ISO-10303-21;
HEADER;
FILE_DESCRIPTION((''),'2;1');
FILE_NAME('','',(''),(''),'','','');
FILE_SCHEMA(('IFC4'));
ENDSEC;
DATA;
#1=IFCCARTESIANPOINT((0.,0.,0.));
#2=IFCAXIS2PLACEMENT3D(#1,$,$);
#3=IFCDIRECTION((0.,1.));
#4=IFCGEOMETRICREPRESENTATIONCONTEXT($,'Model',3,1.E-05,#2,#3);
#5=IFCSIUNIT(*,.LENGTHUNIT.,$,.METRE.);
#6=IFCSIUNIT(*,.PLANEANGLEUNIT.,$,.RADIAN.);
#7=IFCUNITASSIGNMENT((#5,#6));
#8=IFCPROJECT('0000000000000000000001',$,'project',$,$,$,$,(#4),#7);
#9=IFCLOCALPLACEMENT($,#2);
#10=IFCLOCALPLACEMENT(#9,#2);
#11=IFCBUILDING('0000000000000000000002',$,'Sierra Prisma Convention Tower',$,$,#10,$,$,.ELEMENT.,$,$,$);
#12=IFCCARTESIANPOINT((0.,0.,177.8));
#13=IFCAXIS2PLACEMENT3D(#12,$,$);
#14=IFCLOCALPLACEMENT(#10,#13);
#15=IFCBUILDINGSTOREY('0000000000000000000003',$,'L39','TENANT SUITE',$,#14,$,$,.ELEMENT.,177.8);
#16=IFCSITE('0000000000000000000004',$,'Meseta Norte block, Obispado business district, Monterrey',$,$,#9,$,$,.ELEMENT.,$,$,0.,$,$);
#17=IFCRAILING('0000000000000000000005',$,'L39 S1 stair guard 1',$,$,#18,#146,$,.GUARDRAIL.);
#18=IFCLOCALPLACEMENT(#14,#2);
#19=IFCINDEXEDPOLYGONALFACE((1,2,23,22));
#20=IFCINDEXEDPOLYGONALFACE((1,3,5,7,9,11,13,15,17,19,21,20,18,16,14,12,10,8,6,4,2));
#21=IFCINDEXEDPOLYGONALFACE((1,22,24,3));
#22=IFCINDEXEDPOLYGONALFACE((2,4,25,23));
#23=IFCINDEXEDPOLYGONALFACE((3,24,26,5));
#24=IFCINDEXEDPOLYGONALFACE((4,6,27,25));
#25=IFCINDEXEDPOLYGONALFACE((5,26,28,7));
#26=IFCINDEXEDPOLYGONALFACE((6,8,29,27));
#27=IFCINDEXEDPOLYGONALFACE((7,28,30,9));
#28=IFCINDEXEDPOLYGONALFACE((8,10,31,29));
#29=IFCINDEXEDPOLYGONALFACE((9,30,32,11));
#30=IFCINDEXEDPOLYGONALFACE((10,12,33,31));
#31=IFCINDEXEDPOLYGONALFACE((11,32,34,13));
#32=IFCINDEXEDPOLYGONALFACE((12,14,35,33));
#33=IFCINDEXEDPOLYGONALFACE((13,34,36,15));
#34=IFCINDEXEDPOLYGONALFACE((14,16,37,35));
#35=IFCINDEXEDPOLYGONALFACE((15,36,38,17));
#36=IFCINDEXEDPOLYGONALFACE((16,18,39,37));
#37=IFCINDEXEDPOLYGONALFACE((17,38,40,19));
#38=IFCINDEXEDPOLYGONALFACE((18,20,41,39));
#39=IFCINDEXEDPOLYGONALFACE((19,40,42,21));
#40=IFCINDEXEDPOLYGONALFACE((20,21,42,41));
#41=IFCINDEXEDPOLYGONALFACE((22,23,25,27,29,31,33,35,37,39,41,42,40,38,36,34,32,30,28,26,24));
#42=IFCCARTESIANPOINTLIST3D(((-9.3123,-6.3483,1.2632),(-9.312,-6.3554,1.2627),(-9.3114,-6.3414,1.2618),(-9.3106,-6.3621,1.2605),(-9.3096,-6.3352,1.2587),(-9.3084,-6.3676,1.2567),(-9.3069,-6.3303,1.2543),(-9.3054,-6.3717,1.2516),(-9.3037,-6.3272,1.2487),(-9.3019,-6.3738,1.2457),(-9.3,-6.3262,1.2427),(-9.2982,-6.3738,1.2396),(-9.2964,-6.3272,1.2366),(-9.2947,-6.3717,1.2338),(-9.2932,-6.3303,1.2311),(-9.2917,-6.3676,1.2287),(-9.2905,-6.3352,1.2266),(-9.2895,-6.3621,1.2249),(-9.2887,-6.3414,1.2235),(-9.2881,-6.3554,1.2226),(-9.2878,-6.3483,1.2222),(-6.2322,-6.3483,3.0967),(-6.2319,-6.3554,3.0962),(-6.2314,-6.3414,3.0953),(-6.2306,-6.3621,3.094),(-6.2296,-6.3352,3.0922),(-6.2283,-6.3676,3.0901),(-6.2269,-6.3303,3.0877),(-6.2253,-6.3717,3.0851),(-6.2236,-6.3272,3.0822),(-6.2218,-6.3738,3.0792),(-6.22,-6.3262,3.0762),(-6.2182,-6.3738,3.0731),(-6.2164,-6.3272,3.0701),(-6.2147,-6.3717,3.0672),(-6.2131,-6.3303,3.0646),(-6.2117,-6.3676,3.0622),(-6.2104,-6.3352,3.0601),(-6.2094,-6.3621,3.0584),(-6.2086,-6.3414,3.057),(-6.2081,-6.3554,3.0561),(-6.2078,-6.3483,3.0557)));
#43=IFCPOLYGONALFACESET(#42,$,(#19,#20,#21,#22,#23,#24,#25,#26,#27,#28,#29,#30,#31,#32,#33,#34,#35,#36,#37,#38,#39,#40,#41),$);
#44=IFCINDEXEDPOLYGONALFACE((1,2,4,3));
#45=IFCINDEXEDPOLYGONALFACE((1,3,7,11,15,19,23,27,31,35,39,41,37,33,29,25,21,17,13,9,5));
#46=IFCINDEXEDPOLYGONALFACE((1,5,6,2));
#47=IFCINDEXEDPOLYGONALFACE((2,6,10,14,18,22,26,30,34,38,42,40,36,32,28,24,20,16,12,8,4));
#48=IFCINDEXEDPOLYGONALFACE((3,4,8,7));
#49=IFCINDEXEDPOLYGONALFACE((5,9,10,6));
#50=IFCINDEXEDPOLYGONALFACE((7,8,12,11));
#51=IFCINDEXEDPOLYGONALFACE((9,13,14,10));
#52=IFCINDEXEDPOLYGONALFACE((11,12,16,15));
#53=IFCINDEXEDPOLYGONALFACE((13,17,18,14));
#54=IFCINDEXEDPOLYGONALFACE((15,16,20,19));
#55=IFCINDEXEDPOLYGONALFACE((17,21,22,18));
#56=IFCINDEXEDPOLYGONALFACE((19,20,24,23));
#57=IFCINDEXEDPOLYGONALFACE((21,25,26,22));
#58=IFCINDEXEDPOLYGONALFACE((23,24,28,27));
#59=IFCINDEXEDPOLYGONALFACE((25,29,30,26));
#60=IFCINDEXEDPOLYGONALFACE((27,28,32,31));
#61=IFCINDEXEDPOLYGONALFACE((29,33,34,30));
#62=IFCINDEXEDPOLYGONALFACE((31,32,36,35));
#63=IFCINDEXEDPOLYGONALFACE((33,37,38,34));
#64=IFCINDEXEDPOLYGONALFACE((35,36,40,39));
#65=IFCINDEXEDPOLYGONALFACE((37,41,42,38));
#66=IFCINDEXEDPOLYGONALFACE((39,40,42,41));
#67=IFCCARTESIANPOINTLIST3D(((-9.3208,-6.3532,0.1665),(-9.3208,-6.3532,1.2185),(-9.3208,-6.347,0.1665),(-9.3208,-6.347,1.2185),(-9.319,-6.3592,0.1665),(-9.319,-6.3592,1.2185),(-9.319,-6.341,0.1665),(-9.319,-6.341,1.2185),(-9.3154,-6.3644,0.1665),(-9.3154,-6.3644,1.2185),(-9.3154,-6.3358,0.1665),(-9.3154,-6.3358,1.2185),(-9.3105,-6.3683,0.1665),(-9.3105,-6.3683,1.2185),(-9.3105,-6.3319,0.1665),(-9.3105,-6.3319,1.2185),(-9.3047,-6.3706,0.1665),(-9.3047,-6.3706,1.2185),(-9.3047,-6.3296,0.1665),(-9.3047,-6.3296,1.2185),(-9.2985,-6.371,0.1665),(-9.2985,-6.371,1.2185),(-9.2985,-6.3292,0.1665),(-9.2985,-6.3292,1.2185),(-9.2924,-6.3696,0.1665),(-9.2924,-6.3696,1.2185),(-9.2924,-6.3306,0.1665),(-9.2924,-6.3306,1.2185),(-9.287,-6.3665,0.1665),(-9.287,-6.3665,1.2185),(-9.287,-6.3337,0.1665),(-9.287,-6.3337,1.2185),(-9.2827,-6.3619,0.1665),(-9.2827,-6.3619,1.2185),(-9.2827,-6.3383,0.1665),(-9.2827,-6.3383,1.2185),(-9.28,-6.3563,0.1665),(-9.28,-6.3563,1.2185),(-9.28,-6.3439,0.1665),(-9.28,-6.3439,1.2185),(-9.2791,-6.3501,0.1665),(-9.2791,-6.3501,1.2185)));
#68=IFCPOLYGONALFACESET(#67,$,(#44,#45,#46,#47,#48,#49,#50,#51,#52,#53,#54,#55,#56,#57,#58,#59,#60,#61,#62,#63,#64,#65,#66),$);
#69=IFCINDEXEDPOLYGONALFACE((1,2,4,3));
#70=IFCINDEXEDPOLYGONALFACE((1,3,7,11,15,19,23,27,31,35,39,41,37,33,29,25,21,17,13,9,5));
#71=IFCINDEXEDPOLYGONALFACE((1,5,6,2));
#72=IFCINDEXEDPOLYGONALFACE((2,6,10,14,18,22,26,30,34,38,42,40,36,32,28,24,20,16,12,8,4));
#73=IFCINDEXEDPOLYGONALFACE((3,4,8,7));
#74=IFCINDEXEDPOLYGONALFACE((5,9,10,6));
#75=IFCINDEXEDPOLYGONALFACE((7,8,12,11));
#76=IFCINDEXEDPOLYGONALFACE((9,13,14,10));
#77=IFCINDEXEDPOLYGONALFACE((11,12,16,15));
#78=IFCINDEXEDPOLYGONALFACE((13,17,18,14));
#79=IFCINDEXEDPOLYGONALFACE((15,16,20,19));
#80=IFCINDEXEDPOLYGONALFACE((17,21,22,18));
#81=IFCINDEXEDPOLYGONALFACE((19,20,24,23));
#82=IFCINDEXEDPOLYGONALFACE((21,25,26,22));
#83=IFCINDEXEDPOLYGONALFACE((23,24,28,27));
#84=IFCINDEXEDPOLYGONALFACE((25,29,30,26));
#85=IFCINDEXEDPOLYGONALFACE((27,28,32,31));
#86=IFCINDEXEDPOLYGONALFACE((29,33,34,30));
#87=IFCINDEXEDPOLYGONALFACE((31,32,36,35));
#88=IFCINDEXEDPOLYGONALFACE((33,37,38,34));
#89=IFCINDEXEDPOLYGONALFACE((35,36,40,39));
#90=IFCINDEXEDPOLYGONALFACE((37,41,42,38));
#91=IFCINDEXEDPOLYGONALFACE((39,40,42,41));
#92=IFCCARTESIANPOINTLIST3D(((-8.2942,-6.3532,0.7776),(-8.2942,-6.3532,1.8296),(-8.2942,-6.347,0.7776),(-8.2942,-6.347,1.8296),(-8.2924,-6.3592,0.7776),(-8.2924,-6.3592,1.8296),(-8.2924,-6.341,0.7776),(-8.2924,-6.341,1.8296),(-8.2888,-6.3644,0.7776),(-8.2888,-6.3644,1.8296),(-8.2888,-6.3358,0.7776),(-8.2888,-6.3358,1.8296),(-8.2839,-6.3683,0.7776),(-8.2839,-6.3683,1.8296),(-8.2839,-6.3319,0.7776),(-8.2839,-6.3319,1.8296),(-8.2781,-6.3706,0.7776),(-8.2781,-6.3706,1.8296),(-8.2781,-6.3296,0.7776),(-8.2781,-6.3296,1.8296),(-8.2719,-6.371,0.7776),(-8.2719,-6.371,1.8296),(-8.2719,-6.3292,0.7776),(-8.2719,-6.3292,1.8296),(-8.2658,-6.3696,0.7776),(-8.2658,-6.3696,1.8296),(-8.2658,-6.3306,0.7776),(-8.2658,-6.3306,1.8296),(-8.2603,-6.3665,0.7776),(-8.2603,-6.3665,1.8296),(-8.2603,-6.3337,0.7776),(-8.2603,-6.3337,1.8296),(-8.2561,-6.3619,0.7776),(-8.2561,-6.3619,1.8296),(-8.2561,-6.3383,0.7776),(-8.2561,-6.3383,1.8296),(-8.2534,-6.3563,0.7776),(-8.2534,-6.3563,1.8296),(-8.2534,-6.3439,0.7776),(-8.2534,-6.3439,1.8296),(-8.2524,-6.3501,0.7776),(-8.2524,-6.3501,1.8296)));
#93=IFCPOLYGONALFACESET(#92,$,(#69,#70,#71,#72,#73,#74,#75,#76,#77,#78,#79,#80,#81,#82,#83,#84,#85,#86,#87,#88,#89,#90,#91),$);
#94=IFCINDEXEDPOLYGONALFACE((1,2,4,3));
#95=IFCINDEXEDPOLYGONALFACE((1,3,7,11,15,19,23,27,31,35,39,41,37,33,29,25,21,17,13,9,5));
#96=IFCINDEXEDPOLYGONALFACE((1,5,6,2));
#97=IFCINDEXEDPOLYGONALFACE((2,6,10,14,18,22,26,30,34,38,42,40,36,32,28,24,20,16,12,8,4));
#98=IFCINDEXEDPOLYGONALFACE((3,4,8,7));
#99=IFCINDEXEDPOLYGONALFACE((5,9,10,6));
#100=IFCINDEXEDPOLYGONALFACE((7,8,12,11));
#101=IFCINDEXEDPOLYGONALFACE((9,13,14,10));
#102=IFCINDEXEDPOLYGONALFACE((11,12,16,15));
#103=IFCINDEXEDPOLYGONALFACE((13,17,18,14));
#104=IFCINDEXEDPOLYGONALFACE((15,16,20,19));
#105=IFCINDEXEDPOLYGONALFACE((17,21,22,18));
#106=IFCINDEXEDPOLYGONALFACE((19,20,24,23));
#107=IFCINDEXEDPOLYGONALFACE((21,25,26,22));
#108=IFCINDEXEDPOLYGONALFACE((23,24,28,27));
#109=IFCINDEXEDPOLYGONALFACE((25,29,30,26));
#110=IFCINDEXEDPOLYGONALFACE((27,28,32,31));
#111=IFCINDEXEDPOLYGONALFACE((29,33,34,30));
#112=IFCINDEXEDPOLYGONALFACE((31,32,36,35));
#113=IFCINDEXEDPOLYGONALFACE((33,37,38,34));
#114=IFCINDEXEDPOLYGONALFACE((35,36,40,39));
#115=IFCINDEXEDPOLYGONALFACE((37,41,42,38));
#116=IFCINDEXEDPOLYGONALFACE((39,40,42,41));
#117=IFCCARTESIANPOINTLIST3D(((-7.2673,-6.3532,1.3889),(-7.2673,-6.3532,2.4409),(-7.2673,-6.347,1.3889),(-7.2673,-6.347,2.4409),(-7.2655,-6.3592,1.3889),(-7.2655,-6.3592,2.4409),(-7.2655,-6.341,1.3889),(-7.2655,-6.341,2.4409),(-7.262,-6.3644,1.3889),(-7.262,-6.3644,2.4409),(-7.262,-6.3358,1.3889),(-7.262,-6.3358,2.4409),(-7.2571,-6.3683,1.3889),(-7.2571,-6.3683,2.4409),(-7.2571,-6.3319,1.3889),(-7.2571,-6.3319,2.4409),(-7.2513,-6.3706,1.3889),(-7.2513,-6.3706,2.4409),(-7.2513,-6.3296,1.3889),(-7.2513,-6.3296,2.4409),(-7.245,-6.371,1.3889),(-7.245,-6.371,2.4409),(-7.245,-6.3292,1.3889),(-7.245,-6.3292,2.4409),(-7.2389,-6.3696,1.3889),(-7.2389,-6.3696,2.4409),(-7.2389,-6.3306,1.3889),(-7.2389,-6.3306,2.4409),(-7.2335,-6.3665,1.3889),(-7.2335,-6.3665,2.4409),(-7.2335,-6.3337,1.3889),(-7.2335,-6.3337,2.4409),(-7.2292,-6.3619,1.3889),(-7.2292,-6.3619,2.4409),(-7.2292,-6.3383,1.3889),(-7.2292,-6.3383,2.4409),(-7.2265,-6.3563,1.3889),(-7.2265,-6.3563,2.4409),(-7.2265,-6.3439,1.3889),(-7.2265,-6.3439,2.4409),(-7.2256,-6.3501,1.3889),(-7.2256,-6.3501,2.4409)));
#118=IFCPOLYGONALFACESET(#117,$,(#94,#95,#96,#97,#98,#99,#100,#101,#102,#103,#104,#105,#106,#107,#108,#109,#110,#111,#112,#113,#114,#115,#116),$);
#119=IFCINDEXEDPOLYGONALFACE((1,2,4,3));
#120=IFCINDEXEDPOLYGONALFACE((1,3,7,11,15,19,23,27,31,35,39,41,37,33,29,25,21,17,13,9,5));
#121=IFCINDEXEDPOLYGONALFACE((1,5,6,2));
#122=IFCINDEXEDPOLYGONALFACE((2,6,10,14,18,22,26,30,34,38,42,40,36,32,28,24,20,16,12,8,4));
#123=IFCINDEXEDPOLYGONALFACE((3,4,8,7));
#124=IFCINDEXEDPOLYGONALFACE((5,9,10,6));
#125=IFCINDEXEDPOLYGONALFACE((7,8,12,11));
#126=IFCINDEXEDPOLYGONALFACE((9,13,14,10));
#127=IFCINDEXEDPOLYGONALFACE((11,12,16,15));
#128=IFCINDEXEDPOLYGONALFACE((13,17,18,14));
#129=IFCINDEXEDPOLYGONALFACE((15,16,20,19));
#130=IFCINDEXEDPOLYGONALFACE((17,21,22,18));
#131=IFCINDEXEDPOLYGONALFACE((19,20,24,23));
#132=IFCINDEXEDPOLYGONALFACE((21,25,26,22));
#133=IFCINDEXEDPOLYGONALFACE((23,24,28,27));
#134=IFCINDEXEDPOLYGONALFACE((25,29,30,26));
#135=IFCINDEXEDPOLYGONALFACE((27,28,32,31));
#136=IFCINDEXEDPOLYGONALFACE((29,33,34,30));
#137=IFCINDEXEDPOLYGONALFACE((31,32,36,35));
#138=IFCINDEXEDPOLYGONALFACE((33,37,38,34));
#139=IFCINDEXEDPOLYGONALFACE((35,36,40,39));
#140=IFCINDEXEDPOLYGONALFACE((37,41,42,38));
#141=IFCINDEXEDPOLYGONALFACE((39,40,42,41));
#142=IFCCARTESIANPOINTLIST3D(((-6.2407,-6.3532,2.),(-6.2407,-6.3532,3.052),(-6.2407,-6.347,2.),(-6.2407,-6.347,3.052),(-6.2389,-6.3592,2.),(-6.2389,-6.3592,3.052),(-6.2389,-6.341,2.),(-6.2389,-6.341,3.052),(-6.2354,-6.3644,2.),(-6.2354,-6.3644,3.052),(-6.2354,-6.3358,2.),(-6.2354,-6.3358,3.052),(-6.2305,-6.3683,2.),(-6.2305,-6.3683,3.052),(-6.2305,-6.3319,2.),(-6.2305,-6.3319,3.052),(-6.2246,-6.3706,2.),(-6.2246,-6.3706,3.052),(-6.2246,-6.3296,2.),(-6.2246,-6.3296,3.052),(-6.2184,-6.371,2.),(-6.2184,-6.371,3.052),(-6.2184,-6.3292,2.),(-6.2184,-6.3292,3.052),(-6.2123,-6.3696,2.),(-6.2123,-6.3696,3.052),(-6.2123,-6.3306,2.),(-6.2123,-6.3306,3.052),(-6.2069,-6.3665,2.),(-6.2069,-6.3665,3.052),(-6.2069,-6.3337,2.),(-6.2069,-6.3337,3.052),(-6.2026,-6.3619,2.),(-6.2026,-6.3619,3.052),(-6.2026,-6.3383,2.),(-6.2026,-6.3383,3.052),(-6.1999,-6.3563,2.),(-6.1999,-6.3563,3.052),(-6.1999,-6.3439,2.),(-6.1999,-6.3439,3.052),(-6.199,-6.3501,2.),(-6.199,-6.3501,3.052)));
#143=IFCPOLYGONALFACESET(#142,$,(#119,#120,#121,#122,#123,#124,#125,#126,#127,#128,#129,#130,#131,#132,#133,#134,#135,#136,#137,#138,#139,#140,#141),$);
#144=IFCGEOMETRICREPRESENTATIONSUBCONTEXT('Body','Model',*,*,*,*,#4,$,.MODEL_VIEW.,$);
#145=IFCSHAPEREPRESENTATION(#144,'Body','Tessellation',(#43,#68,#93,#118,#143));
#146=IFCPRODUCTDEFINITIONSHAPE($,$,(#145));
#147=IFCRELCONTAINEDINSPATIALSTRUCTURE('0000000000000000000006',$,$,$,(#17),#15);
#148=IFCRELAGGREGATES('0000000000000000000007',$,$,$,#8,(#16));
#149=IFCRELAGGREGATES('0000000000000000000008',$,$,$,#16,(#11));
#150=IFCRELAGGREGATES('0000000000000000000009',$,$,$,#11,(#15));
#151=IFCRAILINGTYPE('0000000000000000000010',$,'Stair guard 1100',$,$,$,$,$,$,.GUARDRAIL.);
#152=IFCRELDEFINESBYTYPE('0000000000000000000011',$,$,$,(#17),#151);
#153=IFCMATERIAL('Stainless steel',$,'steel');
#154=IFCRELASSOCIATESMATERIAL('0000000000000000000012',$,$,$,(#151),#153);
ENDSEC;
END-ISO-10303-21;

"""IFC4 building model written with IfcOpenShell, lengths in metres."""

from ifc_helpers import new_model, si_unit, direction, frame, origin, origin_2d, place, context, subcontext, project, spatial, circle, extrude, material, type_object, element, save


model = new_model("IFC4")

# Units and contexts
model_context = context("Model", 3, precision=1e-05, world=origin(), true_north=direction((0.0, 1.0)))
body_context = subcontext(model_context, "Body", "Model", "MODEL_VIEW")
ifc_project = project(units=[si_unit("LENGTHUNIT", "METRE"), si_unit("PLANEANGLEUNIT", "RADIAN")], contexts=[model_context])

# Site, building, storey
site_placement = place(None, origin())
site = spatial("IfcSite", under=ifc_project, at=site_placement, Name="Meseta Norte block, Obispado business district, Monterrey", CompositionType="ELEMENT", RefElevation=0.0)
building_placement = place(site_placement, origin())
building = spatial("IfcBuilding", under=site, at=building_placement, Name="Sierra Prisma Convention Tower", CompositionType="ELEMENT")
storey_placement = place(building_placement, frame((0.0, 0.0, 177.8)))
storey = spatial("IfcBuildingStorey", under=building, at=storey_placement, Name="L39", Description="TENANT SUITE", CompositionType="ELEMENT", Elevation=177.8)

# Railing
ifc_material_1 = material(Name="Stainless steel", Category="steel")
railing_type_1 = type_object("IfcRailingType", Name="Stair guard 1100", PredefinedType="GUARDRAIL", material=ifc_material_1)
railing_1_placement = place(storey_placement, frame((-9.3, -6.3501, 0.1665)))
element("IfcRailing", 1, at=railing_1_placement, inside=storey, type_object=railing_type_1, Name="L39 S1 stair guard 1", PredefinedType="GUARDRAIL", context=body_context, shape_type="SweptSolid", body=[
    extrude(circle(Radius=0.0239, at=origin_2d()), frame((0.0, 0.0, 1.0762), z_axis=(0.859279, 0.0, 0.511508), x_axis=(0.0, 1.0, 0.0)), (0.0, 0.0, 1.0), 3.5845),
    extrude(circle(Radius=0.021, at=origin_2d()), origin(), (0.0, 0.0, 1.0), 1.052),
    extrude(circle(Radius=0.021, at=origin_2d()), frame((1.0266, 0.0, 0.6111)), (0.0, 0.0, 1.0), 1.052),
    extrude(circle(Radius=0.021, at=origin_2d()), frame((2.0535, 0.0, 1.2224)), (0.0, 0.0, 1.0), 1.052),
    extrude(circle(Radius=0.021, at=origin_2d()), frame((3.0801, 0.0, 1.8335)), (0.0, 0.0, 1.0), 1.052),
])

save(model, "model.ifc")
